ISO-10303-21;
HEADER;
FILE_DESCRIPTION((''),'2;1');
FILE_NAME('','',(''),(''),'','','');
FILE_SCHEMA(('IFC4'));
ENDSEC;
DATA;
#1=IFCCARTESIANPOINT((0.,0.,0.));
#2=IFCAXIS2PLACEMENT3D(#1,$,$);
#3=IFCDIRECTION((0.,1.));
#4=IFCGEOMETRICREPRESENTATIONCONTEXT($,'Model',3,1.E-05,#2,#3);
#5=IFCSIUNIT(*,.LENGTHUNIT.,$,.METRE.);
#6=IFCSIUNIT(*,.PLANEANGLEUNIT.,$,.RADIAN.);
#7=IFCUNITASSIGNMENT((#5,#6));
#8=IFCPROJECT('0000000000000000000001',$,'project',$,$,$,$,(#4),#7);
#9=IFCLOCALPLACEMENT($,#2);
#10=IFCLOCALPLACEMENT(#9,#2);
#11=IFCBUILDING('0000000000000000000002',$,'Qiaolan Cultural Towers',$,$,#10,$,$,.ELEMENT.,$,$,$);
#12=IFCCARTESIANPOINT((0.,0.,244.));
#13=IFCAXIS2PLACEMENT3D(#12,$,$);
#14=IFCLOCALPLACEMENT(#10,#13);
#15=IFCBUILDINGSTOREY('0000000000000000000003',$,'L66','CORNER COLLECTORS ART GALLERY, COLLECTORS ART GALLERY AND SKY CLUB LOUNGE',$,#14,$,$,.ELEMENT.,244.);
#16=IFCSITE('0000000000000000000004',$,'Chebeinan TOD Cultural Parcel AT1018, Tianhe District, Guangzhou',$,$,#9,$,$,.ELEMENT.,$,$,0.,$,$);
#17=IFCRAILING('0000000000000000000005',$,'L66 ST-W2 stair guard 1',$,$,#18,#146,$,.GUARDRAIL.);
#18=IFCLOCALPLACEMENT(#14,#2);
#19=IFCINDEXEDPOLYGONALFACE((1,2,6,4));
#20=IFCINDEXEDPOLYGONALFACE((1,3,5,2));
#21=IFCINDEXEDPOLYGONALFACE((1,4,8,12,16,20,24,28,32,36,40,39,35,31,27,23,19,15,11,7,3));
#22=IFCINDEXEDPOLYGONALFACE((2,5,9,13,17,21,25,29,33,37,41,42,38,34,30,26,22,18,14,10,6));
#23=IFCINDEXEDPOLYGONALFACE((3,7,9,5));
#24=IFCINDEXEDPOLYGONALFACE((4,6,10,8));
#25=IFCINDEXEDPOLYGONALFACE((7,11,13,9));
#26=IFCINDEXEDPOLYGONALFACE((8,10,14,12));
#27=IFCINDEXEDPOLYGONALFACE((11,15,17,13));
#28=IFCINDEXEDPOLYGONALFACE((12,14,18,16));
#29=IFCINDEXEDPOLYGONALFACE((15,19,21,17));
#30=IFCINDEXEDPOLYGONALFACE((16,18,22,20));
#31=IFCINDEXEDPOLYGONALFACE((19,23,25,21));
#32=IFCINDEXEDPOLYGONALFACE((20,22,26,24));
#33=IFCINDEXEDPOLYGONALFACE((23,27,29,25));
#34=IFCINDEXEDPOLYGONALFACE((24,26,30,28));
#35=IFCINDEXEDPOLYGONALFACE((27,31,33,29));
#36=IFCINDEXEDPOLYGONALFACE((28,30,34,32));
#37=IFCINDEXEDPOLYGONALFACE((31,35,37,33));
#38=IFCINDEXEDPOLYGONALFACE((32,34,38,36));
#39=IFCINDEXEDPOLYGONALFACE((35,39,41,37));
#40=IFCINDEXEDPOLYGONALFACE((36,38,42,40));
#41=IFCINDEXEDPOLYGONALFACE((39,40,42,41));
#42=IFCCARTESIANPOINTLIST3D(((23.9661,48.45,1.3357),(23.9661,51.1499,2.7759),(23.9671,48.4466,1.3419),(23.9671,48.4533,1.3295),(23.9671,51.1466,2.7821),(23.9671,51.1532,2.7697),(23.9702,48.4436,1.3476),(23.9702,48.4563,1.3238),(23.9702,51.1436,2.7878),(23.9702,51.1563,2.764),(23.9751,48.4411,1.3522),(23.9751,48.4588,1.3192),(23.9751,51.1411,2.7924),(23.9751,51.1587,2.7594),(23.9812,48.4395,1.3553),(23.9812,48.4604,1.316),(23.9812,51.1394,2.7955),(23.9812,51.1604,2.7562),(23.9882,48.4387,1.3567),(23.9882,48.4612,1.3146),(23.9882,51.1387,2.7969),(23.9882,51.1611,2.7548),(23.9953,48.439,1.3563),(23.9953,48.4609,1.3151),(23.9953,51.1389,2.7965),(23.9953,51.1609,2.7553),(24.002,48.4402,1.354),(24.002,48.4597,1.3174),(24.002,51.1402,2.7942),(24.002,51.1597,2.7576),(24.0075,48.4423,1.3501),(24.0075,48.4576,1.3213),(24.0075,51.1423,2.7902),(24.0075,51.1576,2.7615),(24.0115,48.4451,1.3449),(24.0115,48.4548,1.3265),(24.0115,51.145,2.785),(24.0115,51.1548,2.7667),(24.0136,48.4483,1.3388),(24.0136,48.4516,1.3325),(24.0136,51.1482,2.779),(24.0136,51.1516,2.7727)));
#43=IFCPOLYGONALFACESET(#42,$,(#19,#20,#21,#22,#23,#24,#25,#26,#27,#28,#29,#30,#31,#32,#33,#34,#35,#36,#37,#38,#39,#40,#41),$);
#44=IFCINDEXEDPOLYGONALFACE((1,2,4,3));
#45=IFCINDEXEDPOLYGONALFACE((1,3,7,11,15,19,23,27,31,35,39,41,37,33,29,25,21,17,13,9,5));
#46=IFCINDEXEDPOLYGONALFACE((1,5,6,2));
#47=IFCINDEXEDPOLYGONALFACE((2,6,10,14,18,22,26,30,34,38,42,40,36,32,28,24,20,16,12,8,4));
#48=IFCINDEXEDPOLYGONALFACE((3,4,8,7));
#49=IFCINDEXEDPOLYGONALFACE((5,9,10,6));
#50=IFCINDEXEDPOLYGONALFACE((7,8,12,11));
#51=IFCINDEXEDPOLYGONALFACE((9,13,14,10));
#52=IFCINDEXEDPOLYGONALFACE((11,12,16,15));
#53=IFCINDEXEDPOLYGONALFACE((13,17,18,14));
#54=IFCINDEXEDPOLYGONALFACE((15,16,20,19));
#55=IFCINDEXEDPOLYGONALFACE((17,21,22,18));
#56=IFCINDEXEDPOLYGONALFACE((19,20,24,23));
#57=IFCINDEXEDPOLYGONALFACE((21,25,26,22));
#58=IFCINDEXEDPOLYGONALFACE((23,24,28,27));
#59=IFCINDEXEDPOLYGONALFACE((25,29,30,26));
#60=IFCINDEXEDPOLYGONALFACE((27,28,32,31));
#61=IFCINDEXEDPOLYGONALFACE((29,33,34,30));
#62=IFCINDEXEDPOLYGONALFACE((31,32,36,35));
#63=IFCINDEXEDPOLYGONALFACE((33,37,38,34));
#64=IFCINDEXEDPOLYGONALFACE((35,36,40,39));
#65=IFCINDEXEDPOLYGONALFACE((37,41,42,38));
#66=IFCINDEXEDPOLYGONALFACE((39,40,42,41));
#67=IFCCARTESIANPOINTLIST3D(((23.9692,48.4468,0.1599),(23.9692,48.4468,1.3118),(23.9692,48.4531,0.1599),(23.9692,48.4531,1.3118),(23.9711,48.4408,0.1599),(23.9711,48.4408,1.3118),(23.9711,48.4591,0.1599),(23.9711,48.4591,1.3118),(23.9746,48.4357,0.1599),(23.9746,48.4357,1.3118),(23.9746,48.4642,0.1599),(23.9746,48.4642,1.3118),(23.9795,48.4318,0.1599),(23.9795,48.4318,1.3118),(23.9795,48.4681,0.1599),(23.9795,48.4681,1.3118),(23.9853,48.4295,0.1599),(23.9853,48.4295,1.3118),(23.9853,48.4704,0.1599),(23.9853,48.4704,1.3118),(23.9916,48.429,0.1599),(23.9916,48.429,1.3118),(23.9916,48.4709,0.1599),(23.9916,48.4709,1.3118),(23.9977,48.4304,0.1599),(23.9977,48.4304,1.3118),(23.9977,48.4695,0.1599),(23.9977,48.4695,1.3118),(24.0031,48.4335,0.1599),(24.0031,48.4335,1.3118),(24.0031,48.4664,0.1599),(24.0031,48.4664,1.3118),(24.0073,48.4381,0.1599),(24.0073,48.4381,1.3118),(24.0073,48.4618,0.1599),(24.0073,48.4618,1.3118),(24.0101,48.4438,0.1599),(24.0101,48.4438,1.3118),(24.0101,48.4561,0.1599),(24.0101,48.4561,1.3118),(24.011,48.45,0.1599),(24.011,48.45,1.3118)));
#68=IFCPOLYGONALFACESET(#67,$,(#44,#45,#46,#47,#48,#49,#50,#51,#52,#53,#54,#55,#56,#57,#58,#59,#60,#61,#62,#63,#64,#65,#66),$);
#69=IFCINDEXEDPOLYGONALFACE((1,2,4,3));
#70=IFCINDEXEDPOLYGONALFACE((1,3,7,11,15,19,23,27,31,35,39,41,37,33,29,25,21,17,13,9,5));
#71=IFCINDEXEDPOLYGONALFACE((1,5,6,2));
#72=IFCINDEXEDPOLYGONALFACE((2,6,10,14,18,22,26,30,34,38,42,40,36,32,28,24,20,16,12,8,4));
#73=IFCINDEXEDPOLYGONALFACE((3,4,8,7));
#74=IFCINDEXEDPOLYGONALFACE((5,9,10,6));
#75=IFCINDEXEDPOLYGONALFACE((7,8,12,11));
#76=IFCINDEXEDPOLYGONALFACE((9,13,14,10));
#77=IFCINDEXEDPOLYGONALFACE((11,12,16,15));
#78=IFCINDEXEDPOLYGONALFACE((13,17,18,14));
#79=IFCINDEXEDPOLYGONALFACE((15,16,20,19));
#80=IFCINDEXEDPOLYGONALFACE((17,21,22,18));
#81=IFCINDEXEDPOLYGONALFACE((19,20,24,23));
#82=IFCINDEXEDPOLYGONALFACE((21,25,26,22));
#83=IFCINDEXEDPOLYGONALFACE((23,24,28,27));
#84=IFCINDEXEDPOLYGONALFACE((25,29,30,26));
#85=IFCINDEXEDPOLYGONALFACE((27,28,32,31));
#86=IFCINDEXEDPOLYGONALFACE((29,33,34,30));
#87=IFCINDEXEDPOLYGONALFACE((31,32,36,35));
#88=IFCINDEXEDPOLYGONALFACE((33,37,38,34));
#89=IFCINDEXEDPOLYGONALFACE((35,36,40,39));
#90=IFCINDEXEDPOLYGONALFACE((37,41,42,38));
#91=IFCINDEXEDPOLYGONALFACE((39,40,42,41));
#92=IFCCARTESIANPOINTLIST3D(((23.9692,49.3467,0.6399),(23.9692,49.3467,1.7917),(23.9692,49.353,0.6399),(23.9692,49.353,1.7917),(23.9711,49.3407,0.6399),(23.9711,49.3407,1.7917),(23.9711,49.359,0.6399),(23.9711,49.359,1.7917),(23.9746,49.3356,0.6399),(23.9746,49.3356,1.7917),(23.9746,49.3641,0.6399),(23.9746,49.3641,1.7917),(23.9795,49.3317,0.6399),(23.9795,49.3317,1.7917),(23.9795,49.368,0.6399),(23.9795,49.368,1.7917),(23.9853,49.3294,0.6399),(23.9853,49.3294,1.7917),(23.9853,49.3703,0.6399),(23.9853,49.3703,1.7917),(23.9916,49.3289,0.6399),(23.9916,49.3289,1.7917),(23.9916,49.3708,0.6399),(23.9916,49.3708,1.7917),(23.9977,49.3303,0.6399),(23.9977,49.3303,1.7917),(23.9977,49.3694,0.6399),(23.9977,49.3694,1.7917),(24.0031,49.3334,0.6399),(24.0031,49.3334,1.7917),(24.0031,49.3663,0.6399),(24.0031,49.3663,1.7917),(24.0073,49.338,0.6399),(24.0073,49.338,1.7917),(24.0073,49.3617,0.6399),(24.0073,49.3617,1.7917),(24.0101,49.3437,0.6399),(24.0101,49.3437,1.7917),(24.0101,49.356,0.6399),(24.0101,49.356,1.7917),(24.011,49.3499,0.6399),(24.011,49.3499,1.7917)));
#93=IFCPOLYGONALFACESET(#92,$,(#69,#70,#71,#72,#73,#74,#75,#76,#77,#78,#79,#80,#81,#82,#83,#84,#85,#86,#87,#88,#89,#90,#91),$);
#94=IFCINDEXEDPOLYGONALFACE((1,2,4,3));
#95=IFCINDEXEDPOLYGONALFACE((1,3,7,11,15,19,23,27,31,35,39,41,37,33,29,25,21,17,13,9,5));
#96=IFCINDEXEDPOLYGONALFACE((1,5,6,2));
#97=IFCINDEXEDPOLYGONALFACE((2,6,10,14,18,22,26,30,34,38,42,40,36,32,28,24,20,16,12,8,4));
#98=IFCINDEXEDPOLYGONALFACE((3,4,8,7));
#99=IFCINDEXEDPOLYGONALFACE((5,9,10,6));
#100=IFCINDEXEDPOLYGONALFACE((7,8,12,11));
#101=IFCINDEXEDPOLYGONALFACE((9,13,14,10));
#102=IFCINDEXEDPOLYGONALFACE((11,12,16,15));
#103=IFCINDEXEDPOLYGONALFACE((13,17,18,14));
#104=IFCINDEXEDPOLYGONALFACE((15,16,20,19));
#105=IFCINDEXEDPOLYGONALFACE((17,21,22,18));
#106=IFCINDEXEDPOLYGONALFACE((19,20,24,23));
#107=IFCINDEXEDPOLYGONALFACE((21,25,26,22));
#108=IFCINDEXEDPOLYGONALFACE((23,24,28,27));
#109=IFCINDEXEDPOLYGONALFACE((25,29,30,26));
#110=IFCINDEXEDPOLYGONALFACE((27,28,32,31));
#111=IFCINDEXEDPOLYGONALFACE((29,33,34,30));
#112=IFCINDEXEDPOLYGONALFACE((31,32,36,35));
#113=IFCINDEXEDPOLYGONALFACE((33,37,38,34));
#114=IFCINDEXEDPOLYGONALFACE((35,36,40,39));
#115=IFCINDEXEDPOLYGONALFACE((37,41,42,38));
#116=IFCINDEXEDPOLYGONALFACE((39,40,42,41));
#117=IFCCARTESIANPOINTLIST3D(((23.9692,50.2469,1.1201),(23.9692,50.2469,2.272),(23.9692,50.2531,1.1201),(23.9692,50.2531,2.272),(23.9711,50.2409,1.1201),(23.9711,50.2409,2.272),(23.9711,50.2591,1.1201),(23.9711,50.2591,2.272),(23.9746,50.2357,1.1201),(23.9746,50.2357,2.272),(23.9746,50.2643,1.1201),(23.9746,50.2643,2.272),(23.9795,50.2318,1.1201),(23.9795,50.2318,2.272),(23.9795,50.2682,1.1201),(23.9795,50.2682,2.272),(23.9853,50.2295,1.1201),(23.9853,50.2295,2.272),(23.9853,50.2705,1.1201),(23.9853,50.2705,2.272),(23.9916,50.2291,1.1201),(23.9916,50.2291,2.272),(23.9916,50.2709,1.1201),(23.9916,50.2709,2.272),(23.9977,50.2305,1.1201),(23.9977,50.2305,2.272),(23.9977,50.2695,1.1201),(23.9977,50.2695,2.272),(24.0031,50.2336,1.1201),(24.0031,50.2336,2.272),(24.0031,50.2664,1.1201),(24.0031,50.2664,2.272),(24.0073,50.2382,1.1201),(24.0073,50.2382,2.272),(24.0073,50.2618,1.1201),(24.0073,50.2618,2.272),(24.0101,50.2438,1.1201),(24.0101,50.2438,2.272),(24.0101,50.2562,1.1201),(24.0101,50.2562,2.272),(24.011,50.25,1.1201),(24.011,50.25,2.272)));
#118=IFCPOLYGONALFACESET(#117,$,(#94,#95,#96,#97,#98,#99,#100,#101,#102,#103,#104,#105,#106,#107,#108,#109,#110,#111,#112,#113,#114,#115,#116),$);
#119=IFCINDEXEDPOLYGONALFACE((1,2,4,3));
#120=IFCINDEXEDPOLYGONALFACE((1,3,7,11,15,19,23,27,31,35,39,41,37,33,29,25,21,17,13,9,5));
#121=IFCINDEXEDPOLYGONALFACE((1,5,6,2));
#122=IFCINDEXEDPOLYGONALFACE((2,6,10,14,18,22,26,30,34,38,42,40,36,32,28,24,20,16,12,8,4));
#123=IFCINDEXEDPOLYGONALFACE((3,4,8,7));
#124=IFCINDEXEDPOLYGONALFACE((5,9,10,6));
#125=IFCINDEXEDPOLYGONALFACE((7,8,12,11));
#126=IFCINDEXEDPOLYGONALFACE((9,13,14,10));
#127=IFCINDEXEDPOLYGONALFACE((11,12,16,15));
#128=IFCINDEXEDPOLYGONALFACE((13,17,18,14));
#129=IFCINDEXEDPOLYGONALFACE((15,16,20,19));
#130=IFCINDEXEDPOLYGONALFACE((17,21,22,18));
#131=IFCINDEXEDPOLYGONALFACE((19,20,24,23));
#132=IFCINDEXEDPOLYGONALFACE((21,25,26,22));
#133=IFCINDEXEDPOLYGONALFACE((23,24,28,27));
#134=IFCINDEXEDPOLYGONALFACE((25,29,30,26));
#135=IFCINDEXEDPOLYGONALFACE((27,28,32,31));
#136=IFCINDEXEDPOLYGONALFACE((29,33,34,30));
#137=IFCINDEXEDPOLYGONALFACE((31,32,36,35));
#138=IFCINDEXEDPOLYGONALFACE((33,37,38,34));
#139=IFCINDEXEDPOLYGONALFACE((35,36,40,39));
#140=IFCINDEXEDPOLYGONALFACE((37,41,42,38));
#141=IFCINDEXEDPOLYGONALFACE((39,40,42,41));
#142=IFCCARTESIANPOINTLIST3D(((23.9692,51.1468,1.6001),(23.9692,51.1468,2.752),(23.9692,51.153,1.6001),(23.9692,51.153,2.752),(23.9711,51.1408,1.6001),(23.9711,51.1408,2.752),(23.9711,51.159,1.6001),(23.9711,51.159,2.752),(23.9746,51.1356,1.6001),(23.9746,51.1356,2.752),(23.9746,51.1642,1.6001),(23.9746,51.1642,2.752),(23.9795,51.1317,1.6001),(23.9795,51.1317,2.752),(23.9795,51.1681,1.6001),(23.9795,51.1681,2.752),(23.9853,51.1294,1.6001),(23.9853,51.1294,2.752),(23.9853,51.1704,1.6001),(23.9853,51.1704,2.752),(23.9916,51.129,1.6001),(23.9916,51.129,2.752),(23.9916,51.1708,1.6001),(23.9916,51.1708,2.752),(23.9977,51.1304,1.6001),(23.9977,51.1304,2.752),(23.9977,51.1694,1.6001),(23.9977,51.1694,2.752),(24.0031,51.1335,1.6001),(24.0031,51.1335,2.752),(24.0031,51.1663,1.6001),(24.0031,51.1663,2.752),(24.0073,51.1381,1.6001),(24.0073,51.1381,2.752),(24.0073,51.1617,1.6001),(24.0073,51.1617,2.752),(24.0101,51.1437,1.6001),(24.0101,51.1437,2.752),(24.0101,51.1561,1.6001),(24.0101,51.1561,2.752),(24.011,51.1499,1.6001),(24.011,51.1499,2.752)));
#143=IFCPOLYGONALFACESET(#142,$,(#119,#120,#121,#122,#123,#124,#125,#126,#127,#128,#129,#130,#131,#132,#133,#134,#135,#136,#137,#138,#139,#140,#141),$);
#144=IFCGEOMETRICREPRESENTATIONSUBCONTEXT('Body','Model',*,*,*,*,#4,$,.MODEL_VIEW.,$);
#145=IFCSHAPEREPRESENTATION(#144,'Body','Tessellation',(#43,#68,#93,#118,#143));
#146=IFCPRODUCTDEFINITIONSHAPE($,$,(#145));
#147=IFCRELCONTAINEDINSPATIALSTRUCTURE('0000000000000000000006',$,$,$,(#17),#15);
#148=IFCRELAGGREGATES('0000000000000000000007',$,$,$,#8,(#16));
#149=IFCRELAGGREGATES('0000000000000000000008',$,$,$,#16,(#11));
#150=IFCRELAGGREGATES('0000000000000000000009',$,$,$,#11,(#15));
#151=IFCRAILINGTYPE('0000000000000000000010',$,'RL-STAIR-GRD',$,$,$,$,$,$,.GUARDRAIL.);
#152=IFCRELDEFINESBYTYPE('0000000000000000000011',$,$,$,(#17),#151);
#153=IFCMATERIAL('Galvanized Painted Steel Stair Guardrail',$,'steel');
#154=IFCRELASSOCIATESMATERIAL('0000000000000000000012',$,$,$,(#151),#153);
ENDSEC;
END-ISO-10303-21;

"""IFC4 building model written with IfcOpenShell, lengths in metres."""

from ifc_helpers import new_model, si_unit, direction, frame, origin, origin_2d, place, context, subcontext, project, spatial, circle, extrude, material, type_object, element, save


model = new_model("IFC4")

# Units and contexts
model_context = context("Model", 3, precision=1e-05, world=origin(), true_north=direction((0.0, 1.0)))
body_context = subcontext(model_context, "Body", "Model", "MODEL_VIEW")
ifc_project = project(units=[si_unit("LENGTHUNIT", "METRE"), si_unit("PLANEANGLEUNIT", "RADIAN")], contexts=[model_context])

# Site, building, storey
site_placement = place(None, origin())
site = spatial("IfcSite", under=ifc_project, at=site_placement, Name="Chebeinan TOD Cultural Parcel AT1018, Tianhe District, Guangzhou", CompositionType="ELEMENT", RefElevation=0.0)
building_placement = place(site_placement, origin())
building = spatial("IfcBuilding", under=site, at=building_placement, Name="Qiaolan Cultural Towers", CompositionType="ELEMENT")
storey_placement = place(building_placement, frame((0.0, 0.0, 244.0)))
storey = spatial("IfcBuildingStorey", under=building, at=storey_placement, Name="L66", Description="CORNER COLLECTORS ART GALLERY, COLLECTORS ART GALLERY AND SKY CLUB LOUNGE", CompositionType="ELEMENT", Elevation=244.0)

# Railing
ifc_material_1 = material(Name="Galvanized Painted Steel Stair Guardrail", Category="steel")
railing_type_1 = type_object("IfcRailingType", Name="RL-STAIR-GRD", PredefinedType="GUARDRAIL", material=ifc_material_1)
railing_1_placement = place(storey_placement, frame((23.99, 48.45, 0.1599)))
element("IfcRailing", 1, at=railing_1_placement, inside=storey, type_object=railing_type_1, Name="L66 ST-W2 stair guard 1", PredefinedType="GUARDRAIL", context=body_context, shape_type="SweptSolid", body=[
    extrude(circle(Radius=0.0239, at=origin_2d()), frame((0.0, 0.0, 1.1758), z_axis=(0.0, 0.882324, 0.470642), x_axis=(-1.0, 0.0, 0.0)), (0.0, 0.0, 1.0), 3.0601),
    extrude(circle(Radius=0.021, at=origin_2d()), origin(), (0.0, 0.0, 1.0), 1.1519),
    extrude(circle(Radius=0.021, at=origin_2d()), frame((0.0, 0.8999, 0.48)), (0.0, 0.0, 1.0), 1.1519),
    extrude(circle(Radius=0.021, at=origin_2d()), frame((0.0, 1.8, 0.9602)), (0.0, 0.0, 1.0), 1.1519),
    extrude(circle(Radius=0.021, at=origin_2d()), frame((0.0, 2.7, 1.4402)), (0.0, 0.0, 1.0), 1.1519),
])

save(model, "model.ifc")
